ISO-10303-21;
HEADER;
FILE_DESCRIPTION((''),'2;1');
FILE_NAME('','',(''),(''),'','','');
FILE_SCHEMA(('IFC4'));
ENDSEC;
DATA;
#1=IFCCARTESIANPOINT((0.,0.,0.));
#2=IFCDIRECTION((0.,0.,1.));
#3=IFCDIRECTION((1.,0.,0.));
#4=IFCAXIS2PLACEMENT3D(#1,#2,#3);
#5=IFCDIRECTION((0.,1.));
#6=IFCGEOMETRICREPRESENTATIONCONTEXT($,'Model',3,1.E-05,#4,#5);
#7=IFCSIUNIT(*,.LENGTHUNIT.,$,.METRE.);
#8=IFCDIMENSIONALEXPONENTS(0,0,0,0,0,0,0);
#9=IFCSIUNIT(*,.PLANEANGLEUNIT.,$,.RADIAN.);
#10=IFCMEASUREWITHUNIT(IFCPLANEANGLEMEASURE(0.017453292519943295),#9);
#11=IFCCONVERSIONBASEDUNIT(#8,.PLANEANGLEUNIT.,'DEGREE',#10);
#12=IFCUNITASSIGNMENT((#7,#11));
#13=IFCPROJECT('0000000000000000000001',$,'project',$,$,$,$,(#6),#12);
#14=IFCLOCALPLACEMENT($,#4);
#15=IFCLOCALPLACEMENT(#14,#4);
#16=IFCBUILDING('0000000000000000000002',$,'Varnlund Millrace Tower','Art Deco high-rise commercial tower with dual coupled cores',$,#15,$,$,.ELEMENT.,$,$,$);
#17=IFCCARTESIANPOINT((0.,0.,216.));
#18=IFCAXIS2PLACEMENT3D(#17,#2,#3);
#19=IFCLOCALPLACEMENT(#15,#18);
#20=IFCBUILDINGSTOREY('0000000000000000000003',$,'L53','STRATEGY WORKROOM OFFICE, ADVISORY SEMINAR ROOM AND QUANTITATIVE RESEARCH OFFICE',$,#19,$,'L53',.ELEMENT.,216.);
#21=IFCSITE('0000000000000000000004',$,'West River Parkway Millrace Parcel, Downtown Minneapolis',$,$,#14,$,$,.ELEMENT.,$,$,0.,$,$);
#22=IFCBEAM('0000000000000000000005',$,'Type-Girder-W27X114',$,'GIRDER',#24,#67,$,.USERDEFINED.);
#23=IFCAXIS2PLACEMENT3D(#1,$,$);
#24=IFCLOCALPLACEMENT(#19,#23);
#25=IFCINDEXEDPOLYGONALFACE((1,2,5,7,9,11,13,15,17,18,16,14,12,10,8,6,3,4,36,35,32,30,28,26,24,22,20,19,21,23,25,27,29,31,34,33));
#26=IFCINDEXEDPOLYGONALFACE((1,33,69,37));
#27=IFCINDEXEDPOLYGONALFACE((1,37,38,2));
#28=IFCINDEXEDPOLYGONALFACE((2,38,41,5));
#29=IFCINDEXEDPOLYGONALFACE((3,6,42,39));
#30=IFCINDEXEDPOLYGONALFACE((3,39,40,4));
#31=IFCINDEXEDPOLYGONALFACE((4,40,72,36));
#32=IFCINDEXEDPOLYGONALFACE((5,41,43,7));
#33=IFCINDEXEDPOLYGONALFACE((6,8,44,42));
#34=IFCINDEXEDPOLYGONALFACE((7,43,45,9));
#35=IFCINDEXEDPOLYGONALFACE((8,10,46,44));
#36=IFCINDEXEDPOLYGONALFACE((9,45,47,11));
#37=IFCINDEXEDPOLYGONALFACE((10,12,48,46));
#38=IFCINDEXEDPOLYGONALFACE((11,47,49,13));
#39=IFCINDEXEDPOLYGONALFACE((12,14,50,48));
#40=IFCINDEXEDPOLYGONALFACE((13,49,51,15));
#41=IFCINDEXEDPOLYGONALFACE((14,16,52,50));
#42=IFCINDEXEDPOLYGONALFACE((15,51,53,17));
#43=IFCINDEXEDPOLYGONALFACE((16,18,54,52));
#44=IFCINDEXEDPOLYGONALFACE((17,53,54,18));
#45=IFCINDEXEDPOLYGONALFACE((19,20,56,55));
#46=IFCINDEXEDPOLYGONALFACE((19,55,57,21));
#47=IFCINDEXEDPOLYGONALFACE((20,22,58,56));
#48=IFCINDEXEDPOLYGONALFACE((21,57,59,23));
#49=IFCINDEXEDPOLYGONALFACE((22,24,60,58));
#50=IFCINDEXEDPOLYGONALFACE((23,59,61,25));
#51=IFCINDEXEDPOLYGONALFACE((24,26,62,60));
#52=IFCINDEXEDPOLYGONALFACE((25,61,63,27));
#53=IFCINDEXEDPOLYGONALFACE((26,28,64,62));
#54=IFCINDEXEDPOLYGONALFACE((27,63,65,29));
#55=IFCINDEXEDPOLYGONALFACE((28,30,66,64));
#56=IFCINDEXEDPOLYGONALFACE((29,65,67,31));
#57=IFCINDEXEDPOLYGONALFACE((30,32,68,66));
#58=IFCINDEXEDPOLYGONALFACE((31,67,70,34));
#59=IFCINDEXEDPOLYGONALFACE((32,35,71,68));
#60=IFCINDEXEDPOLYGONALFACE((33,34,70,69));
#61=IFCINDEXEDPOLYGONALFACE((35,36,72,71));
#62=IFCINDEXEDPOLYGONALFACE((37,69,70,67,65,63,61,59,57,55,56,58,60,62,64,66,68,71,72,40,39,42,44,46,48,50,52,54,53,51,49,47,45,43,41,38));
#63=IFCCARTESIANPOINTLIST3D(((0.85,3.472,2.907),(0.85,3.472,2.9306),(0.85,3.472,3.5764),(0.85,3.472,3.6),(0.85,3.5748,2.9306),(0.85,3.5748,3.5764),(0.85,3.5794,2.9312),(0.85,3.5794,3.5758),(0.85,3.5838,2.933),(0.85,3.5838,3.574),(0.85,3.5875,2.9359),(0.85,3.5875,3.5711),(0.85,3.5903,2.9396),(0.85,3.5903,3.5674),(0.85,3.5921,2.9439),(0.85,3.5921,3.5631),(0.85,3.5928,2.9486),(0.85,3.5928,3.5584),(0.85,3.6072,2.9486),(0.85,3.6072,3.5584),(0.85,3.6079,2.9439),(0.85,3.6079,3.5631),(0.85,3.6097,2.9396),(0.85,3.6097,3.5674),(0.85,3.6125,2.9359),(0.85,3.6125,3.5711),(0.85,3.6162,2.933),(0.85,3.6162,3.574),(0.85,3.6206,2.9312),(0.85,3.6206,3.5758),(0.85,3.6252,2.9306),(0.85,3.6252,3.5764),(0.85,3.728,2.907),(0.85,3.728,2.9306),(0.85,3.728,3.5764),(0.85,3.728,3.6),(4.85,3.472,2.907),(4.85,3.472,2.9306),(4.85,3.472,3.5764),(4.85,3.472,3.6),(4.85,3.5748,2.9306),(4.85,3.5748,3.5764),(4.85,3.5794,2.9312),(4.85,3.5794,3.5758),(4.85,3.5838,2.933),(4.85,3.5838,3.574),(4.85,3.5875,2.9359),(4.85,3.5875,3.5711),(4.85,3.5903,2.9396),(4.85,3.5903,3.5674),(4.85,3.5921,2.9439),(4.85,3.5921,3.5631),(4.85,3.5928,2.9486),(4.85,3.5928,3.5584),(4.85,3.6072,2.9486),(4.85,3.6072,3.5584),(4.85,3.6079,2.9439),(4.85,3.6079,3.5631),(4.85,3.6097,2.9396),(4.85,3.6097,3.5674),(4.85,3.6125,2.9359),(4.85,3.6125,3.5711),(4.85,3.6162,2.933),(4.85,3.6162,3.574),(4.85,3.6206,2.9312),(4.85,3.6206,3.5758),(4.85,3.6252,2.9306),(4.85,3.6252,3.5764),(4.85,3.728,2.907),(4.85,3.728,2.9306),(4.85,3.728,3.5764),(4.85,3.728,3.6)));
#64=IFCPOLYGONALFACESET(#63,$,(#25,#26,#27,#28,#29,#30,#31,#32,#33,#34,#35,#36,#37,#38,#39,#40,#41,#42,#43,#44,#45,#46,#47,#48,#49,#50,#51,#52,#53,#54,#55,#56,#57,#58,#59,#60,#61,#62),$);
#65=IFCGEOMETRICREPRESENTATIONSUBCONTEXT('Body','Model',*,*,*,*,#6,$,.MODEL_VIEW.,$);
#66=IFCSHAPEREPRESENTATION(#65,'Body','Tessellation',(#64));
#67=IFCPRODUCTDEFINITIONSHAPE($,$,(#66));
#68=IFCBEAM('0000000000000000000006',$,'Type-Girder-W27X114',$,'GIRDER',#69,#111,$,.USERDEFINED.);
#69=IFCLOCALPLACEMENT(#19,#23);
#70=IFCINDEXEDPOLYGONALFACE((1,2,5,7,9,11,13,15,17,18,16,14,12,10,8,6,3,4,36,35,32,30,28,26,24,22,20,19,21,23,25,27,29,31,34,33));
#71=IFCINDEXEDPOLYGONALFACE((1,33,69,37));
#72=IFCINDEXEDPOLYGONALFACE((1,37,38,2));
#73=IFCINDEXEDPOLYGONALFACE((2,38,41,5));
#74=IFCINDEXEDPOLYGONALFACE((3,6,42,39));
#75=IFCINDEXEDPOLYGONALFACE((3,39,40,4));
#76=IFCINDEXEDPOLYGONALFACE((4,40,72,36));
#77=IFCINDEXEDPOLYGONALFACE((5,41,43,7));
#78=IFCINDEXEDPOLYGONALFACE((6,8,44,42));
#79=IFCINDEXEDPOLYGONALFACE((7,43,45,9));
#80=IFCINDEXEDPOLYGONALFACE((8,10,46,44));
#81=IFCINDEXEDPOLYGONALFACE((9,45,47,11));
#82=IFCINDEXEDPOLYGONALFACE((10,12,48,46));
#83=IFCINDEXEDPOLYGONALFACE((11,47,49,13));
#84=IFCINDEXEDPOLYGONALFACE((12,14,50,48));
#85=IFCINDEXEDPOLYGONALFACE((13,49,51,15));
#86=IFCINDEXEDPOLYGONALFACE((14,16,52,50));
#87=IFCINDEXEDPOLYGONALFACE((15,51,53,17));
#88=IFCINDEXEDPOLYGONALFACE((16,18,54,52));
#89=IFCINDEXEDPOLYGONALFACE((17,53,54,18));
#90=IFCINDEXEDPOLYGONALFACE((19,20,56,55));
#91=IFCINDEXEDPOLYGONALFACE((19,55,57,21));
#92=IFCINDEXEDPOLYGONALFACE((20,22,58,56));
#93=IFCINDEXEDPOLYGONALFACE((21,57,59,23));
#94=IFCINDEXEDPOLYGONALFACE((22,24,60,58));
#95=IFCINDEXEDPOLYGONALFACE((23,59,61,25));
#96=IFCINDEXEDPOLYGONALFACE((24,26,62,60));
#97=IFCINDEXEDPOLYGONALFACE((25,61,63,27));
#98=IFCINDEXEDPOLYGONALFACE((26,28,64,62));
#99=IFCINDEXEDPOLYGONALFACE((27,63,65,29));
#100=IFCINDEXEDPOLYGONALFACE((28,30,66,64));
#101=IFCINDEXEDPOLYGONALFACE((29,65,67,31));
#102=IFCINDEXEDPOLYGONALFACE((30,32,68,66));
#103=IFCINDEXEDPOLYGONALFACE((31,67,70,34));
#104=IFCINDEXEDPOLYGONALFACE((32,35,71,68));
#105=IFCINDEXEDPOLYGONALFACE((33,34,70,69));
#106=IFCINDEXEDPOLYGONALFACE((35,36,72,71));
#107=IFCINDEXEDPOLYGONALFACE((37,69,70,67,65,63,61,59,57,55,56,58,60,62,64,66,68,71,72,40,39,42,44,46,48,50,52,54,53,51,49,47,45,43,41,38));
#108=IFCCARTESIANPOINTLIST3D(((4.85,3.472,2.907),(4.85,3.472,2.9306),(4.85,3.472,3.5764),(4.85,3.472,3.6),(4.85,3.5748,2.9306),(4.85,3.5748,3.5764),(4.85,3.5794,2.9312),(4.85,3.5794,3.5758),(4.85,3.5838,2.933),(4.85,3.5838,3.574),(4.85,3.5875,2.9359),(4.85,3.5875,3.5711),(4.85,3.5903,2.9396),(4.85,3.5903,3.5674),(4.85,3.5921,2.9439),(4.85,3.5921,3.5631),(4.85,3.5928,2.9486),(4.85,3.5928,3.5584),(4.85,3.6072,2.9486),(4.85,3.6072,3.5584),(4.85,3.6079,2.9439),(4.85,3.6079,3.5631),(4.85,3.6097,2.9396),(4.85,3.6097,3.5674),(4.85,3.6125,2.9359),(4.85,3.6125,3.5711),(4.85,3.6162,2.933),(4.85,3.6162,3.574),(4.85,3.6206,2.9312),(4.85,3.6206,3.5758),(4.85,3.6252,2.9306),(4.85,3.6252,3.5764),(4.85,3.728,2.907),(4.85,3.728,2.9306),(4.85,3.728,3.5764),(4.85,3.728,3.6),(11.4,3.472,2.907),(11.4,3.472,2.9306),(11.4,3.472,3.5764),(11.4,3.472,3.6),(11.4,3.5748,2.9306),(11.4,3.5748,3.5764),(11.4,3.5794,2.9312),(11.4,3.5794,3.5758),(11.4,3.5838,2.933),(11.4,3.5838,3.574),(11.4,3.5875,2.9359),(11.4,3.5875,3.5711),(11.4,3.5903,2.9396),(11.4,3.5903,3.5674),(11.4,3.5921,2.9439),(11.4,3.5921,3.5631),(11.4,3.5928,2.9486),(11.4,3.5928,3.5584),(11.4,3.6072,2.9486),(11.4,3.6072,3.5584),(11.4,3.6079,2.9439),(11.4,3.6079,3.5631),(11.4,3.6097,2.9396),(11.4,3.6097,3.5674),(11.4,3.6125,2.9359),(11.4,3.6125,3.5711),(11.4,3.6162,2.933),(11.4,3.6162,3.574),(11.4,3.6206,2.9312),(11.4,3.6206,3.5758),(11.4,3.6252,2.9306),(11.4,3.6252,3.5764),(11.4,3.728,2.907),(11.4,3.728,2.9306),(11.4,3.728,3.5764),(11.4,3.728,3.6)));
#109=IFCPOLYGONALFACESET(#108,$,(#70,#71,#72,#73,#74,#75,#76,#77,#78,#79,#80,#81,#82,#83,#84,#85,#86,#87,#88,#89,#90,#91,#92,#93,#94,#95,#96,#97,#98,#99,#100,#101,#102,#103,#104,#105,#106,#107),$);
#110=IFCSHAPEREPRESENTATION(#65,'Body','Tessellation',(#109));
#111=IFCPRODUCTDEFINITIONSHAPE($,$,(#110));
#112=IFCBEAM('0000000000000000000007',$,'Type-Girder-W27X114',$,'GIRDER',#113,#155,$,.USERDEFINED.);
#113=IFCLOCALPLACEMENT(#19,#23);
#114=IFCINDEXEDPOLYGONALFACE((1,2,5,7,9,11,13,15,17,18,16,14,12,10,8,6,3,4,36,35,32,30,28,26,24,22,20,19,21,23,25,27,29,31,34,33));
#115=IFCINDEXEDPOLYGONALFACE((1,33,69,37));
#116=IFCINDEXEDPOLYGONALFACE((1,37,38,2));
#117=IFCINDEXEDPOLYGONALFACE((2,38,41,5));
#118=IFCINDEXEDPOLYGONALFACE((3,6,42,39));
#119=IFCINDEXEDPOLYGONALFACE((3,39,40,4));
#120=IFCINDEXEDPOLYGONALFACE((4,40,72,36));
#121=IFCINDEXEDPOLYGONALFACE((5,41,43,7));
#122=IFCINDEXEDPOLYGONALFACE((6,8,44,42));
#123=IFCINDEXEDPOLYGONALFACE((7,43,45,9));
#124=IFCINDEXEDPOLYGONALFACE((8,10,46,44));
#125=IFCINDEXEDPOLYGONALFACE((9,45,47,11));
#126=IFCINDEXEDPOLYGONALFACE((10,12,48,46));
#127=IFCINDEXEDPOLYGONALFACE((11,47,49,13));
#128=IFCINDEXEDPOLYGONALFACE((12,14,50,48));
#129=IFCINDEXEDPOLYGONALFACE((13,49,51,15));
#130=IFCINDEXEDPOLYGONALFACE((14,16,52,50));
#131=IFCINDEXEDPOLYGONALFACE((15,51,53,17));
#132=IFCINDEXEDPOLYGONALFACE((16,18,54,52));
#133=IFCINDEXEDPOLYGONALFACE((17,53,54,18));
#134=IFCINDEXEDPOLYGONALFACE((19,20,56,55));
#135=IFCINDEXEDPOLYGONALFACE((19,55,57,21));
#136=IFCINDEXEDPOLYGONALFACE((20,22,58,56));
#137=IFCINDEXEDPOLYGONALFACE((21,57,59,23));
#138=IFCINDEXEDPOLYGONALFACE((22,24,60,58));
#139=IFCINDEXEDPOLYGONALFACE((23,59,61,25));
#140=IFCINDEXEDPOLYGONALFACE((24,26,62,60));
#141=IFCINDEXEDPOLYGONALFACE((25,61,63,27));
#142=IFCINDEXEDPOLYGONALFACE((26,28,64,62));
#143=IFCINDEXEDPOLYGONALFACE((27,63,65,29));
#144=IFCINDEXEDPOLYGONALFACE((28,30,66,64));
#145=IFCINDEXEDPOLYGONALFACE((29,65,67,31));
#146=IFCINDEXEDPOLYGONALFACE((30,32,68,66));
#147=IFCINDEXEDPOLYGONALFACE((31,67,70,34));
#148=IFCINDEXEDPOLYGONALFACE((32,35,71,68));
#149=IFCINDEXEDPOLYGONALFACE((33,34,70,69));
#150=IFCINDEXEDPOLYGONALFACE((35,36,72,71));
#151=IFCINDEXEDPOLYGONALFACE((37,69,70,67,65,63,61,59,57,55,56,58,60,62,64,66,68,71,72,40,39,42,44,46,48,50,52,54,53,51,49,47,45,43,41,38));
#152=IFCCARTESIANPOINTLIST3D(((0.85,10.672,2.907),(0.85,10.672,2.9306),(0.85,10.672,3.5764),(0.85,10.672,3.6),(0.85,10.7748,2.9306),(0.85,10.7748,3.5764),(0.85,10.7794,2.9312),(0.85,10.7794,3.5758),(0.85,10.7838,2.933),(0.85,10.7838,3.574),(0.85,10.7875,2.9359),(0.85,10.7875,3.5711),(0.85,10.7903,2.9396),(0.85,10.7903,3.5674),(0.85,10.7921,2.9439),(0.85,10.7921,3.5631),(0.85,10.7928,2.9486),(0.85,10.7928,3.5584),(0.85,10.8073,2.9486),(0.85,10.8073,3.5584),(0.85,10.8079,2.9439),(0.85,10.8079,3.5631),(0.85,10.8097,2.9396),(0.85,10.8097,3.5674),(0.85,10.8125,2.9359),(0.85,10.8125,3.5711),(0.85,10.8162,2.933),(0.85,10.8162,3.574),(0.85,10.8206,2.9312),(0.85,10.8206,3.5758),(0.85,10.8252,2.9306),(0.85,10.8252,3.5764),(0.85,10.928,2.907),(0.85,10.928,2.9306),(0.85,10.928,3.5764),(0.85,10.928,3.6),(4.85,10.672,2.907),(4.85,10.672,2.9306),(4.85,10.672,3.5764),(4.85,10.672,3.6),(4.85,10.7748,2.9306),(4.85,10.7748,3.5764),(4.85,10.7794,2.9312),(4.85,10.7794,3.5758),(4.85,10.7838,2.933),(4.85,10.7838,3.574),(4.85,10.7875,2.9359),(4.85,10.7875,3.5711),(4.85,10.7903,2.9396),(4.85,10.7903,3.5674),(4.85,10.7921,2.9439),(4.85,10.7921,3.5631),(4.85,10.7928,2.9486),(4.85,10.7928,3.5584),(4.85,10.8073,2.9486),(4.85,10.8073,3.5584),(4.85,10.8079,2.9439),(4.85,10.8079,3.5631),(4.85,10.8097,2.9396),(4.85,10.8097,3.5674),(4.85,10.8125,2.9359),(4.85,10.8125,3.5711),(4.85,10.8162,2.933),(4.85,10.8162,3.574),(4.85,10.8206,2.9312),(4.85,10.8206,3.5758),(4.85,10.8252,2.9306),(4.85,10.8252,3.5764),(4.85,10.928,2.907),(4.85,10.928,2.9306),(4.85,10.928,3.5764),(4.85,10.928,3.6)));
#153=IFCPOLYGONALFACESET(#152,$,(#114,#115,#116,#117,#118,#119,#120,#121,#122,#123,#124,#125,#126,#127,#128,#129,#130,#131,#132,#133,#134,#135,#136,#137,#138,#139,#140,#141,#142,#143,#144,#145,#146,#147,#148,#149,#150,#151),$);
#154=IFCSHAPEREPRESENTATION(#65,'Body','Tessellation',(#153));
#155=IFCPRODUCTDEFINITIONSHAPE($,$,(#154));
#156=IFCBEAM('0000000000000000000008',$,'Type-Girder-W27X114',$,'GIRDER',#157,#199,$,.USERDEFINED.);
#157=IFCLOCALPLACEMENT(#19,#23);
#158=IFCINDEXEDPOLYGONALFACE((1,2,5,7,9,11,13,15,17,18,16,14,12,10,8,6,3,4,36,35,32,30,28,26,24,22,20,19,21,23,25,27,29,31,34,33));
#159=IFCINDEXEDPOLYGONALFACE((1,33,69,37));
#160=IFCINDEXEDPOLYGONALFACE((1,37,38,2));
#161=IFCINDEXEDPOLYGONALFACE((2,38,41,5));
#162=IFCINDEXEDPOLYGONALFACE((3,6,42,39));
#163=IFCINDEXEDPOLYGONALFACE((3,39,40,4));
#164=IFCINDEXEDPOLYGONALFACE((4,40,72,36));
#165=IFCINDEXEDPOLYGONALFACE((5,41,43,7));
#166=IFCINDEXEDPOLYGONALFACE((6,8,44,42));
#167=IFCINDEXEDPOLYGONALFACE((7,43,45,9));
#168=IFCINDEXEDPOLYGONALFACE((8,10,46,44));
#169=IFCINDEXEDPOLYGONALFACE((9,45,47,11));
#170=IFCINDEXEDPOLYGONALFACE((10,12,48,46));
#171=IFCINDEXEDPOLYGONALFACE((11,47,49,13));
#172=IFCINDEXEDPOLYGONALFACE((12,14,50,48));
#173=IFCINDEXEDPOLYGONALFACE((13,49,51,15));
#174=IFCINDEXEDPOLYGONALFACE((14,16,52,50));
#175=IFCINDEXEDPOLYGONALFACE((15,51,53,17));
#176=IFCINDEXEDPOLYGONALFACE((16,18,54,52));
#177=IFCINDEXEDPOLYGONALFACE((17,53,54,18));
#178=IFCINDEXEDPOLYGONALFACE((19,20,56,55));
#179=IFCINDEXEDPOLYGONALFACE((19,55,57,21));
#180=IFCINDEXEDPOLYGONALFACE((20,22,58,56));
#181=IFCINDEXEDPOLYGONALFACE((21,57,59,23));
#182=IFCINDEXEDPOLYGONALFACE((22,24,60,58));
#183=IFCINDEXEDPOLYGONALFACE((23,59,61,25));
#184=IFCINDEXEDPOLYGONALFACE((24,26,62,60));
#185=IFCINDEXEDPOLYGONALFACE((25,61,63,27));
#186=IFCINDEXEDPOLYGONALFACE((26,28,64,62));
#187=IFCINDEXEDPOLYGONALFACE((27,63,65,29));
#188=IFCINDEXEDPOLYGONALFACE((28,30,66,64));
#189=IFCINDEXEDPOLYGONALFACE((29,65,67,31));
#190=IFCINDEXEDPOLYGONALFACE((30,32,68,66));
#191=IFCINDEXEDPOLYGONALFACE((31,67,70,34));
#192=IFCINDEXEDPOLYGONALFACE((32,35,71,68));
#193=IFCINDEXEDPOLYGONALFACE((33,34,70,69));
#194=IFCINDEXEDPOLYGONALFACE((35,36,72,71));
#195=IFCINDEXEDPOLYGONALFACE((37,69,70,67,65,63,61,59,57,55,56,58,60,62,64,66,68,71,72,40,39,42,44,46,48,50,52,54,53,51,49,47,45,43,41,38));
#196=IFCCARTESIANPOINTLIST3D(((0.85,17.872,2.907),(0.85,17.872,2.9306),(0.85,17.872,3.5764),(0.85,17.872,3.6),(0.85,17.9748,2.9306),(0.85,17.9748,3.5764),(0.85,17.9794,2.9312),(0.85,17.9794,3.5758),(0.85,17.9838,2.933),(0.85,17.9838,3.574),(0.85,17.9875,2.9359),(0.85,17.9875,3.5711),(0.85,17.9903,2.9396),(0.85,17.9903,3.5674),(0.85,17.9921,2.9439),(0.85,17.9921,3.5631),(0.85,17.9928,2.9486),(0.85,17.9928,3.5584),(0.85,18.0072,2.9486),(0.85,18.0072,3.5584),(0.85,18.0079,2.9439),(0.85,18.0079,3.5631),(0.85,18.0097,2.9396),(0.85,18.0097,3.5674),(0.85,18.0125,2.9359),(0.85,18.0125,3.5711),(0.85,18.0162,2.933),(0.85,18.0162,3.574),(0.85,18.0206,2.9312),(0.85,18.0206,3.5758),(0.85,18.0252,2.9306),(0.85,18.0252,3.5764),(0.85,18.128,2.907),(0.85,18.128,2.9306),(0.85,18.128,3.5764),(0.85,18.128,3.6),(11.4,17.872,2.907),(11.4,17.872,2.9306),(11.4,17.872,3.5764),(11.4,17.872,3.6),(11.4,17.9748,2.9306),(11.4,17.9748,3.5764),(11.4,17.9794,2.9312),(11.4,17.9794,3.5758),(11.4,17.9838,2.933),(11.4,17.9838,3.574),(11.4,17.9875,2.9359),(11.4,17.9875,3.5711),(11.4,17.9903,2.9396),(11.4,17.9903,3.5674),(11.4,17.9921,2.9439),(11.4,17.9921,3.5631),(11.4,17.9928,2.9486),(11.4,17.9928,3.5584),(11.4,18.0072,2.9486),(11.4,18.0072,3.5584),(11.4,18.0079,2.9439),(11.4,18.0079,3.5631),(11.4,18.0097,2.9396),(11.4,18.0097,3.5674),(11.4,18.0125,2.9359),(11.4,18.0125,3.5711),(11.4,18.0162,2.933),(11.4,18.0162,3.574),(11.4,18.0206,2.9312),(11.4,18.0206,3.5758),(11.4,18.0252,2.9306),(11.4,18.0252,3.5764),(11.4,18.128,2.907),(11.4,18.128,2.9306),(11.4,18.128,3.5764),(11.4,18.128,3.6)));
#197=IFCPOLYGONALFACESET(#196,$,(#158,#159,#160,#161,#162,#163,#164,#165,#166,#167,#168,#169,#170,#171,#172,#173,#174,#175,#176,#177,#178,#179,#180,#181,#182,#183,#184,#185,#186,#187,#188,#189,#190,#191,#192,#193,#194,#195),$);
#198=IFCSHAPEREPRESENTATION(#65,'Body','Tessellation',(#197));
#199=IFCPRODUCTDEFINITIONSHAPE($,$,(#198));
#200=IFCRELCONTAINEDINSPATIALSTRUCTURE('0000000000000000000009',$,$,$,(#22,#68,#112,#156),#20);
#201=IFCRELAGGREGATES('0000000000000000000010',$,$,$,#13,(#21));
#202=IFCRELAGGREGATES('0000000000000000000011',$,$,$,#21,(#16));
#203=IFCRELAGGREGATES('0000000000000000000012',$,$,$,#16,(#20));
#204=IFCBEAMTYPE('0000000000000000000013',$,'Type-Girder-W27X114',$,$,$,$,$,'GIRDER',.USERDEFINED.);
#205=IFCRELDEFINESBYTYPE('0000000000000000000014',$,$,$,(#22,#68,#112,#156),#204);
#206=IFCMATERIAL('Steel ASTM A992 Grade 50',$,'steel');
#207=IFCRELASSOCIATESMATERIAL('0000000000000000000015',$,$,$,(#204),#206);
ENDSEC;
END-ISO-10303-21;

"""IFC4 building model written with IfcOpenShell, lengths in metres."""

from ifc_helpers import new_model, entity, si_unit, converted_unit, direction, frame, origin_with_axes, origin_2d_with_axis, place, context, subcontext, project, spatial, i_section, extrude, material, material_profile, profile_set, type_object, element, save


model = new_model("IFC4")

# Units and contexts
model_context = context("Model", 3, precision=1e-05, world=origin_with_axes(), true_north=direction((0.0, 1.0)))
body_context = subcontext(model_context, "Body", "Model", "MODEL_VIEW")
ifc_project = project(units=[si_unit("LENGTHUNIT", "METRE"), converted_unit("PLANEANGLEUNIT", "DEGREE", entity("IfcPlaneAngleMeasure", 0.017453292519943295), si_unit("PLANEANGLEUNIT", "RADIAN"), dimensions=[0, 0, 0, 0, 0, 0, 0])], contexts=[model_context])

# Site, building, storey
site_placement = place(None, origin_with_axes())
site = spatial("IfcSite", under=ifc_project, at=site_placement, Name="West River Parkway Millrace Parcel, Downtown Minneapolis", CompositionType="ELEMENT", RefElevation=0.0)
building_placement = place(site_placement, origin_with_axes())
building = spatial("IfcBuilding", under=site, at=building_placement, Name="Varnlund Millrace Tower", Description="Art Deco high-rise commercial tower with dual coupled cores", CompositionType="ELEMENT")
storey_placement = place(building_placement, frame((0.0, 0.0, 216.0), z_axis=(0.0, 0.0, 1.0), x_axis=(1.0, 0.0, 0.0)))
storey = spatial("IfcBuildingStorey", under=building, at=storey_placement, Name="L53", Description="STRATEGY WORKROOM OFFICE, ADVISORY SEMINAR ROOM AND QUANTITATIVE RESEARCH OFFICE", LongName="L53", CompositionType="ELEMENT", Elevation=216.0)

# Beams
ifc_material_1 = material(Name="Steel ASTM A992 Grade 50", Category="steel")
ifc_material_profile_1 = material_profile(ifc_material_1, i_section(OverallWidth=0.256, OverallDepth=0.693, WebThickness=0.0145, FlangeThickness=0.0236, FilletRadius=0.018, at=origin_2d_with_axis()), Name="Steel ASTM A992 Grade 50")
ifc_profile_set_1 = profile_set([ifc_material_profile_1], Name="Steel ASTM A992 Grade 50")
beam_type_1 = type_object("IfcBeamType", Name="Type-Girder-W27X114", ElementType="GIRDER", PredefinedType="USERDEFINED", material=ifc_profile_set_1)
beam_1_placement = place(storey_placement, frame((0.85, 3.6, 3.2535), z_axis=(1.0, 0.0, 0.0), x_axis=(0.0, 1.0, 0.0)))
element("IfcBeam", 1, at=beam_1_placement, inside=storey, type_object=beam_type_1, Name="Type-Girder-W27X114", ObjectType="GIRDER", PredefinedType="USERDEFINED", context=body_context, shape_type="SweptSolid", body=[
    extrude(i_section(OverallWidth=0.256, OverallDepth=0.693, WebThickness=0.0145, FlangeThickness=0.0236, FilletRadius=0.018, at=origin_2d_with_axis()), origin_with_axes(), (0.0, 0.0, 1.0), 4.0),
])
beam_2_placement = place(storey_placement, frame((4.85, 3.6, 3.2535), z_axis=(1.0, 0.0, 0.0), x_axis=(0.0, 1.0, 0.0)))
element("IfcBeam", 2, at=beam_2_placement, inside=storey, type_object=beam_type_1, Name="Type-Girder-W27X114", ObjectType="GIRDER", PredefinedType="USERDEFINED", context=body_context, shape_type="SweptSolid", body=[
    extrude(i_section(OverallWidth=0.256, OverallDepth=0.693, WebThickness=0.0145, FlangeThickness=0.0236, FilletRadius=0.018, at=origin_2d_with_axis()), origin_with_axes(), (0.0, 0.0, 1.0), 6.55),
])
beam_3_placement = place(storey_placement, frame((0.85, 10.8, 3.2535), z_axis=(1.0, 0.0, 0.0), x_axis=(0.0, 1.0, 0.0)))
element("IfcBeam", 3, at=beam_3_placement, inside=storey, type_object=beam_type_1, Name="Type-Girder-W27X114", ObjectType="GIRDER", PredefinedType="USERDEFINED", context=body_context, shape_type="SweptSolid", body=[
    extrude(i_section(OverallWidth=0.256, OverallDepth=0.693, WebThickness=0.0145, FlangeThickness=0.0236, FilletRadius=0.018, at=origin_2d_with_axis()), origin_with_axes(), (0.0, 0.0, 1.0), 4.0),
])
beam_4_placement = place(storey_placement, frame((0.85, 18.0, 3.2535), z_axis=(1.0, 0.0, 0.0), x_axis=(0.0, 1.0, 0.0)))
element("IfcBeam", 4, at=beam_4_placement, inside=storey, type_object=beam_type_1, Name="Type-Girder-W27X114", ObjectType="GIRDER", PredefinedType="USERDEFINED", context=body_context, shape_type="SweptSolid", body=[
    extrude(i_section(OverallWidth=0.256, OverallDepth=0.693, WebThickness=0.0145, FlangeThickness=0.0236, FilletRadius=0.018, at=origin_2d_with_axis()), origin_with_axes(), (0.0, 0.0, 1.0), 10.55),
])

save(model, "model.ifc")
